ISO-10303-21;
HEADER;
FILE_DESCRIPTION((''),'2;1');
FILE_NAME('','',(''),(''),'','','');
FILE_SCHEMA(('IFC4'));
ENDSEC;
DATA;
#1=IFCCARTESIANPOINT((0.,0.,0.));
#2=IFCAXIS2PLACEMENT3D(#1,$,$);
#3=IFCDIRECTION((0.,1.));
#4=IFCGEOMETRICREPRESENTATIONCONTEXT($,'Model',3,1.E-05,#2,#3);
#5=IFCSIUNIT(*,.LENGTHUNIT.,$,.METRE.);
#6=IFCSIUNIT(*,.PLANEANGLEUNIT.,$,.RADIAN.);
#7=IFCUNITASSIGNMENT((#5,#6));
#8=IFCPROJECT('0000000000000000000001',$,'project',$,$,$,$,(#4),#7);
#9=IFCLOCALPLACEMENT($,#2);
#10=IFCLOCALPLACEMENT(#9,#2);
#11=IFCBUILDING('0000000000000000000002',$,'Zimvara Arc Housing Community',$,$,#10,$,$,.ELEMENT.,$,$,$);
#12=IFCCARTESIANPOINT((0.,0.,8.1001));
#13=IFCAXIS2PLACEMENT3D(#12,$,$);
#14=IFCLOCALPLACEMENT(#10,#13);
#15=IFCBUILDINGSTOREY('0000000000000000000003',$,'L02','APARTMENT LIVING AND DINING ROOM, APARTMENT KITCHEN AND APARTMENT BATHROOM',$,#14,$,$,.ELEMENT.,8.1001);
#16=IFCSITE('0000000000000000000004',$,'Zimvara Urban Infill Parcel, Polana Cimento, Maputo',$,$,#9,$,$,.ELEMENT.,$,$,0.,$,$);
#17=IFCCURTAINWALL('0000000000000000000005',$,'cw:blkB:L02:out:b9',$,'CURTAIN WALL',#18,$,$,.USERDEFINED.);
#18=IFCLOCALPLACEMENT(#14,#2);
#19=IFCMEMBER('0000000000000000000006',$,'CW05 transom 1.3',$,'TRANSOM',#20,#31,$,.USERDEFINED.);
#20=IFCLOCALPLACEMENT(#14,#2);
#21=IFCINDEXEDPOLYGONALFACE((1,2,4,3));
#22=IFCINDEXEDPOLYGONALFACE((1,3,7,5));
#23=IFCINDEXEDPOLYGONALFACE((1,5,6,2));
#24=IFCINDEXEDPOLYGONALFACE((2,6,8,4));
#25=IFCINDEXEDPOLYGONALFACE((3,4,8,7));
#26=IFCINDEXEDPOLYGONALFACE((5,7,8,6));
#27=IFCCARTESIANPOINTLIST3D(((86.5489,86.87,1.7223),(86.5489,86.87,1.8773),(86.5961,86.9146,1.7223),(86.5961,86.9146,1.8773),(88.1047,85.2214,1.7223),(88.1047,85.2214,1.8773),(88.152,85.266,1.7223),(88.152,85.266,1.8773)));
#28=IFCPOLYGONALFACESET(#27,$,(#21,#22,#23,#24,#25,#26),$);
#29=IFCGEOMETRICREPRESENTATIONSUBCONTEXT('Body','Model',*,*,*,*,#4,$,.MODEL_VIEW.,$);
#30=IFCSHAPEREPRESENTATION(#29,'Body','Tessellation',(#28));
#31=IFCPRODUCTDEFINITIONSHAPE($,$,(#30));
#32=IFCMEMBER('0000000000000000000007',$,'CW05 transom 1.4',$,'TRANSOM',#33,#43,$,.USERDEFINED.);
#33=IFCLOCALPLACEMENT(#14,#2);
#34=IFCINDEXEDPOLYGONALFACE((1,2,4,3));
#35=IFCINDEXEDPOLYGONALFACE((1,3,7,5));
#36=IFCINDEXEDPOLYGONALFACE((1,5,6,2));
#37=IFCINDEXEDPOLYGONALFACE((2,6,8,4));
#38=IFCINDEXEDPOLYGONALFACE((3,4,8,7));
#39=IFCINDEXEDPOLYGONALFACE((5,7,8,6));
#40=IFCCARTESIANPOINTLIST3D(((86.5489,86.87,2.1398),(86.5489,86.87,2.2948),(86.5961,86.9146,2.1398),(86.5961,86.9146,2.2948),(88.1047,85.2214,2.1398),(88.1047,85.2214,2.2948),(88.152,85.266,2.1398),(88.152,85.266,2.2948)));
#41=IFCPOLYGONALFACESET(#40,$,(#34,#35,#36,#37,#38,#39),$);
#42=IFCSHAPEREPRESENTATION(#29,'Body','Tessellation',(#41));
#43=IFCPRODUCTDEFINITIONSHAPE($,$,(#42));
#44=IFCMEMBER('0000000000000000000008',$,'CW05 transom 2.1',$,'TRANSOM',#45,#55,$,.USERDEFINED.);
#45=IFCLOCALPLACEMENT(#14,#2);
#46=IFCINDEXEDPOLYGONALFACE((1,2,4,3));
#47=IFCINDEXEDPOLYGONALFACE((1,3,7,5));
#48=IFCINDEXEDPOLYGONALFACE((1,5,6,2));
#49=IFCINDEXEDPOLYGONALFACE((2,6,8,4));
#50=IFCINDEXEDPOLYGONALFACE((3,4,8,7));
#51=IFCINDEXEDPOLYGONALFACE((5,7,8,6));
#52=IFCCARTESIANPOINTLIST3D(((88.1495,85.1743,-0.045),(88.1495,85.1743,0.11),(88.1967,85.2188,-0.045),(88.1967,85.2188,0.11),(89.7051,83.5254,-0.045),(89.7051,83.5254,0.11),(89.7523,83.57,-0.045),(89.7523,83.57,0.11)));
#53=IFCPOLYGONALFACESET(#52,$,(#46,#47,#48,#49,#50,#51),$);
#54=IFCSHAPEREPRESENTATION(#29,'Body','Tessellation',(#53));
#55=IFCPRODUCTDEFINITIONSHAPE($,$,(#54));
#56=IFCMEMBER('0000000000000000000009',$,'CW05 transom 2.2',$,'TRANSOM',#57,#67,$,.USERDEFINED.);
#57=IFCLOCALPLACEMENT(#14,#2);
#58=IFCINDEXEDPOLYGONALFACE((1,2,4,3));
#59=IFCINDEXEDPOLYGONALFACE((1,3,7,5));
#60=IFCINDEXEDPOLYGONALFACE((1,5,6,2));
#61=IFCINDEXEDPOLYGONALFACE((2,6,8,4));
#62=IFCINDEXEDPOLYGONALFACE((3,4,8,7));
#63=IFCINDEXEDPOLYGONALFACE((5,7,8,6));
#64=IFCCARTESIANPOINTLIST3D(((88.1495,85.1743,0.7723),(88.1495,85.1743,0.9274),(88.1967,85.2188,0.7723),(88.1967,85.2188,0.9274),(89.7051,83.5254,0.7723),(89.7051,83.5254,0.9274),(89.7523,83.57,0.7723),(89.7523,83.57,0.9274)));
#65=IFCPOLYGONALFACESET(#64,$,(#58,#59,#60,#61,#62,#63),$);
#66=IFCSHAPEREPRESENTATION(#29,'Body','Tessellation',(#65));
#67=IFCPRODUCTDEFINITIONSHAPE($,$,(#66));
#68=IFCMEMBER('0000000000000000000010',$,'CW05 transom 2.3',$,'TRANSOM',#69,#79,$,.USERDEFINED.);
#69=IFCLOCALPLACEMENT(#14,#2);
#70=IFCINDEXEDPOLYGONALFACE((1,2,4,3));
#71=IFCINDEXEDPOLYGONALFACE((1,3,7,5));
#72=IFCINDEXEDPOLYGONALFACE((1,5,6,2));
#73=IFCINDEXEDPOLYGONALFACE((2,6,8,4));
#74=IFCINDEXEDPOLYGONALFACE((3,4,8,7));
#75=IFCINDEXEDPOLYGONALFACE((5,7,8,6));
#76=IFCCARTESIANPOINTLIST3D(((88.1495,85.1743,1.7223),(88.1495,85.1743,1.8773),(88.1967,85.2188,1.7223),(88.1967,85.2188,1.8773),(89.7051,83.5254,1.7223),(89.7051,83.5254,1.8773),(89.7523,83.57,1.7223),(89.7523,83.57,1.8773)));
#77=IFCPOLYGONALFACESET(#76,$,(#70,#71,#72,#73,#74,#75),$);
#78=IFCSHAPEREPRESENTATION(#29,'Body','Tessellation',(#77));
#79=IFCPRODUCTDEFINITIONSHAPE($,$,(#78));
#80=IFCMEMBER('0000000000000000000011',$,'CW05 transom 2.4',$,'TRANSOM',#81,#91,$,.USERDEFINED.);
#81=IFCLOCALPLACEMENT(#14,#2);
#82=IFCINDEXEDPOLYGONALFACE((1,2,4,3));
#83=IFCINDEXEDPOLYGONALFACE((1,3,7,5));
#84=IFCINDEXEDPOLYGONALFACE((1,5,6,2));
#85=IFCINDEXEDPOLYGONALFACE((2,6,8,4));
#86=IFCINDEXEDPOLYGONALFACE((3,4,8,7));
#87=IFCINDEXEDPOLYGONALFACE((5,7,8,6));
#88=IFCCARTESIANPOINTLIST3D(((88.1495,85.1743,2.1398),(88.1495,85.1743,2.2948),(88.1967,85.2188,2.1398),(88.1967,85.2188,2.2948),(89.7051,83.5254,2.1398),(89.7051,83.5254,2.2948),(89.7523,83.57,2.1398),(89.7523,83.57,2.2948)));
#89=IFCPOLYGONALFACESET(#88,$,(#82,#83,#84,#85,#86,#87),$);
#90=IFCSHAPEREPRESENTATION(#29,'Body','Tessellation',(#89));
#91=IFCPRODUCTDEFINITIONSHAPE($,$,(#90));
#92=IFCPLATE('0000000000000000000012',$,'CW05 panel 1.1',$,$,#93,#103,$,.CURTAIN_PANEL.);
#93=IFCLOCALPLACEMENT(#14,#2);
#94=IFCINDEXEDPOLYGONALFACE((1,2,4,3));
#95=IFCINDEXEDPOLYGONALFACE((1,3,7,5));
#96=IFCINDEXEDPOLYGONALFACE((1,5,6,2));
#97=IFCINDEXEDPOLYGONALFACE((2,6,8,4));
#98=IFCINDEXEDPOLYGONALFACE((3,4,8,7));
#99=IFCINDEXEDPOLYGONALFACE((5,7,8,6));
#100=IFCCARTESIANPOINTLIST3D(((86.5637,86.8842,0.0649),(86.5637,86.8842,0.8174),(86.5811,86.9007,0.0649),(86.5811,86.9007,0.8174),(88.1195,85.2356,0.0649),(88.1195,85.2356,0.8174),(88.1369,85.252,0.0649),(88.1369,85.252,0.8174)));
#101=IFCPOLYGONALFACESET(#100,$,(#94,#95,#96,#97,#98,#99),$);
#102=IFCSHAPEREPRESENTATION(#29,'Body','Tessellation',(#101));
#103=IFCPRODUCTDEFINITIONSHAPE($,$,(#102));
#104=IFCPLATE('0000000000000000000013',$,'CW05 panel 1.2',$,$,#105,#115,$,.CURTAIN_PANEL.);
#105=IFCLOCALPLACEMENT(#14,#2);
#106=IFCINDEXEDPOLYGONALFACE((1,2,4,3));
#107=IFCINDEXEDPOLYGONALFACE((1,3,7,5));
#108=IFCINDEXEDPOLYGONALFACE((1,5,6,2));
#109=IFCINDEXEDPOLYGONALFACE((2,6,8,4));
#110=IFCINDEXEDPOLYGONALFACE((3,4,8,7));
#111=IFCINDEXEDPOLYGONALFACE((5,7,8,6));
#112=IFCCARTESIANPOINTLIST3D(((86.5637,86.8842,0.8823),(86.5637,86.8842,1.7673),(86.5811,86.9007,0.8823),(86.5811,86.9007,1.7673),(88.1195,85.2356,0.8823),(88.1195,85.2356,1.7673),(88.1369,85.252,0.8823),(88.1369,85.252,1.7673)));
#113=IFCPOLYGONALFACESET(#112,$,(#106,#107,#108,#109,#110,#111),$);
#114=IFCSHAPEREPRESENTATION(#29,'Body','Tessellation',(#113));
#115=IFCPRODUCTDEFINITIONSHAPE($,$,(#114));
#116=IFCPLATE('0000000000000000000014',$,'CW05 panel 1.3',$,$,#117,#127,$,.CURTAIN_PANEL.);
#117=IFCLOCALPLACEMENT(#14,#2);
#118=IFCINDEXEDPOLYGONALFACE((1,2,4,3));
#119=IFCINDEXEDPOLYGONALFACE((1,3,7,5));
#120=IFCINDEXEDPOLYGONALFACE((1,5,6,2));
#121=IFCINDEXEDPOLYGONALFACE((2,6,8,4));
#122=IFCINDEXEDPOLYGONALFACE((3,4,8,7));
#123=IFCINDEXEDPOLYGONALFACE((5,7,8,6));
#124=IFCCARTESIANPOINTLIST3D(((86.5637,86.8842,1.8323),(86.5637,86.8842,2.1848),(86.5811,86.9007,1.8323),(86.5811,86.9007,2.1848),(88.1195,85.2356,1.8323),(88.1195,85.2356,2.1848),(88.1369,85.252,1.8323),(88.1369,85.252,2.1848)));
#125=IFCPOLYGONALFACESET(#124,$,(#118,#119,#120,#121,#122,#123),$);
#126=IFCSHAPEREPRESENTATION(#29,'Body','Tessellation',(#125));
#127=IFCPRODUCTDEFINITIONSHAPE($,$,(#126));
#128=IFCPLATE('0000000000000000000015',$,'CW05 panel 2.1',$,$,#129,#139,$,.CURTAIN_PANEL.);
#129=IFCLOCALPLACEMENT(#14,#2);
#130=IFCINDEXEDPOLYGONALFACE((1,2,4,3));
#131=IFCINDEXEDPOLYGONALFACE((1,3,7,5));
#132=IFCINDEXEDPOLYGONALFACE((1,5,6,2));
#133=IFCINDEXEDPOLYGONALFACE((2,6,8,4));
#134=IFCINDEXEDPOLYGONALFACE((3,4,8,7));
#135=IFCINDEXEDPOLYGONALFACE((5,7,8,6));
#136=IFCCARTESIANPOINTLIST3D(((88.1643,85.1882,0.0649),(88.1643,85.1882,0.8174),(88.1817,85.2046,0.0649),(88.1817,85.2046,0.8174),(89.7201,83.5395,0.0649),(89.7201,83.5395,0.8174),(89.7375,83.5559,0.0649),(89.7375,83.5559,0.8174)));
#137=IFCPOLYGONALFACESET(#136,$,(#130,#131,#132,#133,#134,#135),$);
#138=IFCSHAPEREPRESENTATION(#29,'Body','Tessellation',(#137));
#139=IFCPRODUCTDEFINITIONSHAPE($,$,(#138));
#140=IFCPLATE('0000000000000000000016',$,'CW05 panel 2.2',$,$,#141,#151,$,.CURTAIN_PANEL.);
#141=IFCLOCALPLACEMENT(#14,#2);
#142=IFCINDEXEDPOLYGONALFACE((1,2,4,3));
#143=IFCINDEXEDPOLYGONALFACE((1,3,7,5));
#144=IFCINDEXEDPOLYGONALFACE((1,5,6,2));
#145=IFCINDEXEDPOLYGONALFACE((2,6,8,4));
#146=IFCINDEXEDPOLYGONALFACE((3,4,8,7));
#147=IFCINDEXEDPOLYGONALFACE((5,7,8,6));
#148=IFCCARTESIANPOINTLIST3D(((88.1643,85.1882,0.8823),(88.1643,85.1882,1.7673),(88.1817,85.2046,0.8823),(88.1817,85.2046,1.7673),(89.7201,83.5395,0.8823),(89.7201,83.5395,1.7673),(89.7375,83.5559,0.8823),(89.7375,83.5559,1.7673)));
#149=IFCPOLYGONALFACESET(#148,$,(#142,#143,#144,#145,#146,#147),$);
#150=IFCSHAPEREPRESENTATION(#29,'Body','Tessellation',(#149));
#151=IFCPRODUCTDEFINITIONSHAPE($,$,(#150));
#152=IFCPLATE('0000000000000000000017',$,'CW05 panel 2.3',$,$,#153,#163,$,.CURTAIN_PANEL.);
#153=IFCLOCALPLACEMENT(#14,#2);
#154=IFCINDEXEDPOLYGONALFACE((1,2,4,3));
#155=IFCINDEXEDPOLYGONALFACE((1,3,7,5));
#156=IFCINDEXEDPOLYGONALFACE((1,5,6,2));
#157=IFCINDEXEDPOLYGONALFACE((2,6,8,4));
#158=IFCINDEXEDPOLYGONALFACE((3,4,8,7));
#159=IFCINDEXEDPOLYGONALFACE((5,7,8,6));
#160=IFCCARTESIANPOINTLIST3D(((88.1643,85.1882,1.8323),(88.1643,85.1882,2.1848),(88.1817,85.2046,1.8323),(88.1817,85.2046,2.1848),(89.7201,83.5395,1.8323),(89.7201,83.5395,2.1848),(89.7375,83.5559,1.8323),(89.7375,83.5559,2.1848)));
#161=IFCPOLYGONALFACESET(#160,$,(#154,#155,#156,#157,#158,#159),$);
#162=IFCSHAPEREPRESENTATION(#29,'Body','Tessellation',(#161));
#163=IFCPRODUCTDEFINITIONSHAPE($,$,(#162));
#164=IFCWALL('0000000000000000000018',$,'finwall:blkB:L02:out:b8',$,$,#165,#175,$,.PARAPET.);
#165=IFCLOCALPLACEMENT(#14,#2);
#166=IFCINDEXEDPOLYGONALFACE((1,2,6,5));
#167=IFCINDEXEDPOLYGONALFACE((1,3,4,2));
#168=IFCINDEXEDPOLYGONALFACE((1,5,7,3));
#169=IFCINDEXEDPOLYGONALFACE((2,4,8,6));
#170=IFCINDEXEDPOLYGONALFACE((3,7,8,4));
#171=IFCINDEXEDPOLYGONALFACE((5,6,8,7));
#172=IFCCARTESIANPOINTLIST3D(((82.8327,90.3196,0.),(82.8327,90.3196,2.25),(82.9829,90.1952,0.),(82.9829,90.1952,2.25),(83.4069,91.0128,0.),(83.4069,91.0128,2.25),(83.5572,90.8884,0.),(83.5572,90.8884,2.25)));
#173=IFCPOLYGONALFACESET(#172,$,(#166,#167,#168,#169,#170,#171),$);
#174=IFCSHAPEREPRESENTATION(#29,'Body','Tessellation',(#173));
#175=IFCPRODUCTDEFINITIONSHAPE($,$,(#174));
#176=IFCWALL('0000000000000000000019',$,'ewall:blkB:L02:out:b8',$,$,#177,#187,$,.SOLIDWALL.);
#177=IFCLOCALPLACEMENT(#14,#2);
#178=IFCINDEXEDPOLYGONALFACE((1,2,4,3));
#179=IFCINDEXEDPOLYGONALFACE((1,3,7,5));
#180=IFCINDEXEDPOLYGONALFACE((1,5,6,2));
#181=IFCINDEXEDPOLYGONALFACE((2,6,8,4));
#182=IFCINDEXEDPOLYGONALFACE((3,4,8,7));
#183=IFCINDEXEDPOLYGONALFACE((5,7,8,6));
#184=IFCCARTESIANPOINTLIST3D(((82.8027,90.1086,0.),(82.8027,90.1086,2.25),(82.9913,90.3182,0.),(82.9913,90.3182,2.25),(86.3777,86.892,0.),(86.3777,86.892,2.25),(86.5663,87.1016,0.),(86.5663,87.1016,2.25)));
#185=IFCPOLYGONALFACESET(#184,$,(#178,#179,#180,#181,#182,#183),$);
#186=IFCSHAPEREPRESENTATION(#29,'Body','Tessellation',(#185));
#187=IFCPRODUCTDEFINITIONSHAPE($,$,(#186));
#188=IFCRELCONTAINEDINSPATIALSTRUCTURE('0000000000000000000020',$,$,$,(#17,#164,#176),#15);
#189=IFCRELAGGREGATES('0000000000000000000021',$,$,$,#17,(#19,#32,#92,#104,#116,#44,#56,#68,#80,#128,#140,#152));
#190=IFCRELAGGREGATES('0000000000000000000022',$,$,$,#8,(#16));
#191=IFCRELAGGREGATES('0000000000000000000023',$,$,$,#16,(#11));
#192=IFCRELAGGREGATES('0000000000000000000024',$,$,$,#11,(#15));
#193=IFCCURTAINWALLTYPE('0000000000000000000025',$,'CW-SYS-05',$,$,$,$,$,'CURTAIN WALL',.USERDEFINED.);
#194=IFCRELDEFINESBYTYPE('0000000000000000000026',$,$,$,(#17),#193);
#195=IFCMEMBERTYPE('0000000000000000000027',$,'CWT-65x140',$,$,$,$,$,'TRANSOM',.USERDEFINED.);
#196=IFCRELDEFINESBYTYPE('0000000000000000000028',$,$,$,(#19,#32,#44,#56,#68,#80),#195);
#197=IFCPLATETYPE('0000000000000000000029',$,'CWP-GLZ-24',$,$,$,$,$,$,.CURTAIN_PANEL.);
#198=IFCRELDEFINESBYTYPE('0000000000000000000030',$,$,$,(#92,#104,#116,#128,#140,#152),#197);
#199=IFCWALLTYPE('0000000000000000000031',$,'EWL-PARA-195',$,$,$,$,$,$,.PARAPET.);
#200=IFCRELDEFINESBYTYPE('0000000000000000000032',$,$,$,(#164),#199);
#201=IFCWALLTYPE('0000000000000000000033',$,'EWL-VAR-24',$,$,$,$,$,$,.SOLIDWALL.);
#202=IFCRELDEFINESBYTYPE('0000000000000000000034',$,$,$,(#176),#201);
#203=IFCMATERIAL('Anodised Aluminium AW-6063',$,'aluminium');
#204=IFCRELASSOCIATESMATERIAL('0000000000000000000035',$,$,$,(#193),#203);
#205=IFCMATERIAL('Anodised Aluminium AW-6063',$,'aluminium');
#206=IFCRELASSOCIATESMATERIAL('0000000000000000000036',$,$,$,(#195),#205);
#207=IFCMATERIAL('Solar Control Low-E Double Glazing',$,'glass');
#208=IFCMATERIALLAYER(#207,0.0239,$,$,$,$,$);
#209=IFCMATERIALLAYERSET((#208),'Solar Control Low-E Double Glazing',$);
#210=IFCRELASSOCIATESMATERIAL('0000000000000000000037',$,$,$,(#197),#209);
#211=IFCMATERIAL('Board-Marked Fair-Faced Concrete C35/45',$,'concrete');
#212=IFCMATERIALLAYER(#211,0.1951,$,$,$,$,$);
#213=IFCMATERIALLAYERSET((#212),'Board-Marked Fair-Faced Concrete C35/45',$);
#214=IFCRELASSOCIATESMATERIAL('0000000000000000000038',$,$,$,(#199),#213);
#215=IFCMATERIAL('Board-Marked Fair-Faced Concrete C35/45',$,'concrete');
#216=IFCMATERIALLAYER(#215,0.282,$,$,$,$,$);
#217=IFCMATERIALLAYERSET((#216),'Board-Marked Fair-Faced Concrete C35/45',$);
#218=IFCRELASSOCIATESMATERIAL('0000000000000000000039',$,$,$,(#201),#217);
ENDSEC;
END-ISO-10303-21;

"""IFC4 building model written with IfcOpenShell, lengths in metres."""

from ifc_helpers import new_model, si_unit, direction, frame, frame_2d, origin, origin_2d, place, context, subcontext, project, spatial, rectangle, extrude, material, layer, layer_set, material_profile, profile_set, type_object, element, aggregate, save


model = new_model("IFC4")

# Units and contexts
model_context = context("Model", 3, precision=1e-05, world=origin(), true_north=direction((0.0, 1.0)))
body_context = subcontext(model_context, "Body", "Model", "MODEL_VIEW")
ifc_project = project(units=[si_unit("LENGTHUNIT", "METRE"), si_unit("PLANEANGLEUNIT", "RADIAN")], contexts=[model_context])

# Site, building, storey
site_placement = place(None, origin())
site = spatial("IfcSite", under=ifc_project, at=site_placement, Name="Zimvara Urban Infill Parcel, Polana Cimento, Maputo", CompositionType="ELEMENT", RefElevation=0.0)
building_placement = place(site_placement, origin())
building = spatial("IfcBuilding", under=site, at=building_placement, Name="Zimvara Arc Housing Community", CompositionType="ELEMENT")
storey_placement = place(building_placement, frame((0.0, 0.0, 8.1001)))
storey = spatial("IfcBuildingStorey", under=building, at=storey_placement, Name="L02", Description="APARTMENT LIVING AND DINING ROOM, APARTMENT KITCHEN AND APARTMENT BATHROOM", CompositionType="ELEMENT", Elevation=8.1001)

# Curtain wall, members, plates
ifc_material_1 = material(Name="Anodised Aluminium AW-6063", Category="aluminium")
curtain_wall_type_1 = type_object("IfcCurtainWallType", Name="CW-SYS-05", ElementType="CURTAIN WALL", PredefinedType="USERDEFINED", material=ifc_material_1)
curtain_wall_1_placement = place(storey_placement, origin())
curtain_wall_1 = element("IfcCurtainWall", 1, at=curtain_wall_1_placement, inside=storey, type_object=curtain_wall_type_1, Name="cw:blkB:L02:out:b9", ObjectType="CURTAIN WALL", PredefinedType="USERDEFINED")
ifc_material_2 = material(Name="Anodised Aluminium AW-6063", Category="aluminium")
ifc_material_profile_1 = material_profile(ifc_material_2, rectangle(XDim=0.0649, YDim=0.155, at=origin_2d()), Name="ALU 65x155")
ifc_profile_set_1 = profile_set([ifc_material_profile_1], Name="Anodised Aluminium AW-6063")
member_type_1 = type_object("IfcMemberType", Name="CWT-65x140", ElementType="TRANSOM", PredefinedType="USERDEFINED", material=ifc_profile_set_1)
member_1_placement = place(storey_placement, frame((86.5725, 86.8923, 1.7998), z_axis=(0.686348, -0.727273, 0.0), x_axis=(0.727273, 0.686348, 0.0)))
member_1 = element("IfcMember", 2, at=member_1_placement, type_object=member_type_1, Name="CW05 transom 1.3", ObjectType="TRANSOM", PredefinedType="USERDEFINED", context=body_context, shape_type="SweptSolid", body=[
    extrude(rectangle(XDim=0.0649, YDim=0.155, at=origin_2d()), origin(), (0.0, 0.0, 1.0), 2.2668),
])
member_2_placement = place(storey_placement, frame((86.5725, 86.8923, 2.2173), z_axis=(0.686348, -0.727273, 0.0), x_axis=(0.727273, 0.686348, 0.0)))
member_2 = element("IfcMember", 3, at=member_2_placement, type_object=member_type_1, Name="CW05 transom 1.4", ObjectType="TRANSOM", PredefinedType="USERDEFINED", context=body_context, shape_type="SweptSolid", body=[
    extrude(rectangle(XDim=0.0649, YDim=0.155, at=origin_2d()), origin(), (0.0, 0.0, 1.0), 2.2668),
])
member_3_placement = place(storey_placement, frame((88.1731, 85.1965, 0.0325), z_axis=(0.686238, -0.727377, 0.0), x_axis=(0.727377, 0.686238, 0.0)))
member_3 = element("IfcMember", 4, at=member_3_placement, type_object=member_type_1, Name="CW05 transom 2.1", ObjectType="TRANSOM", PredefinedType="USERDEFINED", context=body_context, shape_type="SweptSolid", body=[
    extrude(rectangle(XDim=0.0649, YDim=0.155, at=origin_2d()), origin(), (0.0, 0.0, 1.0), 2.2668),
])
member_4_placement = place(storey_placement, frame((88.1731, 85.1965, 0.8499), z_axis=(0.686238, -0.727377, 0.0), x_axis=(0.727377, 0.686238, 0.0)))
member_4 = element("IfcMember", 5, at=member_4_placement, type_object=member_type_1, Name="CW05 transom 2.2", ObjectType="TRANSOM", PredefinedType="USERDEFINED", context=body_context, shape_type="SweptSolid", body=[
    extrude(rectangle(XDim=0.0649, YDim=0.155, at=origin_2d()), origin(), (0.0, 0.0, 1.0), 2.2668),
])
member_5_placement = place(storey_placement, frame((88.1731, 85.1965, 1.7998), z_axis=(0.686238, -0.727377, 0.0), x_axis=(0.727377, 0.686238, 0.0)))
member_5 = element("IfcMember", 6, at=member_5_placement, type_object=member_type_1, Name="CW05 transom 2.3", ObjectType="TRANSOM", PredefinedType="USERDEFINED", context=body_context, shape_type="SweptSolid", body=[
    extrude(rectangle(XDim=0.0649, YDim=0.155, at=origin_2d()), origin(), (0.0, 0.0, 1.0), 2.2668),
])
member_6_placement = place(storey_placement, frame((88.1731, 85.1965, 2.2173), z_axis=(0.686238, -0.727377, 0.0), x_axis=(0.727377, 0.686238, 0.0)))
member_6 = element("IfcMember", 7, at=member_6_placement, type_object=member_type_1, Name="CW05 transom 2.4", ObjectType="TRANSOM", PredefinedType="USERDEFINED", context=body_context, shape_type="SweptSolid", body=[
    extrude(rectangle(XDim=0.0649, YDim=0.155, at=origin_2d()), origin(), (0.0, 0.0, 1.0), 2.2668),
])
ifc_material_3 = material(Name="Solar Control Low-E Double Glazing", Category="glass")
ifc_layer_1 = layer(ifc_material_3, 0.0239)
ifc_layer_set_1 = layer_set([ifc_layer_1], Name="Solar Control Low-E Double Glazing")
plate_type = type_object("IfcPlateType", Name="CWP-GLZ-24", PredefinedType="CURTAIN_PANEL", material=ifc_layer_set_1)
plate_1_placement = place(storey_placement, frame((87.3503, 86.0681, 0.0649), z_axis=(0.0, 0.0, 1.0), x_axis=(0.686326, -0.727294, 0.0)))
plate_1 = element("IfcPlate", 8, at=plate_1_placement, type_object=plate_type, Name="CW05 panel 1.1", PredefinedType="CURTAIN_PANEL", context=body_context, shape_type="SweptSolid", body=[
    extrude(rectangle(XDim=2.2668, YDim=0.0239, at=origin_2d()), origin(), (0.0, 0.0, 1.0), 0.7524),
])
plate_2_placement = place(storey_placement, frame((87.3503, 86.0681, 0.8823), z_axis=(0.0, 0.0, 1.0), x_axis=(0.686326, -0.727294, 0.0)))
plate_2 = element("IfcPlate", 9, at=plate_2_placement, type_object=plate_type, Name="CW05 panel 1.2", PredefinedType="CURTAIN_PANEL", context=body_context, shape_type="SweptSolid", body=[
    extrude(rectangle(XDim=2.2668, YDim=0.0239, at=origin_2d()), origin(), (0.0, 0.0, 1.0), 0.885),
])
plate_3_placement = place(storey_placement, frame((87.3503, 86.0681, 1.8323), z_axis=(0.0, 0.0, 1.0), x_axis=(0.686326, -0.727294, 0.0)))
plate_3 = element("IfcPlate", 10, at=plate_3_placement, type_object=plate_type, Name="CW05 panel 1.3", PredefinedType="CURTAIN_PANEL", context=body_context, shape_type="SweptSolid", body=[
    extrude(rectangle(XDim=2.2668, YDim=0.0239, at=origin_2d()), origin(), (0.0, 0.0, 1.0), 0.3525),
])
plate_4_placement = place(storey_placement, frame((88.9509, 84.3721, 0.0649), z_axis=(0.0, 0.0, 1.0), x_axis=(0.686326, -0.727294, 0.0)))
plate_4 = element("IfcPlate", 11, at=plate_4_placement, type_object=plate_type, Name="CW05 panel 2.1", PredefinedType="CURTAIN_PANEL", context=body_context, shape_type="SweptSolid", body=[
    extrude(rectangle(XDim=2.2668, YDim=0.0239, at=origin_2d()), origin(), (0.0, 0.0, 1.0), 0.7524),
])
plate_5_placement = place(storey_placement, frame((88.9509, 84.3721, 0.8823), z_axis=(0.0, 0.0, 1.0), x_axis=(0.686326, -0.727294, 0.0)))
plate_5 = element("IfcPlate", 12, at=plate_5_placement, type_object=plate_type, Name="CW05 panel 2.2", PredefinedType="CURTAIN_PANEL", context=body_context, shape_type="SweptSolid", body=[
    extrude(rectangle(XDim=2.2668, YDim=0.0239, at=origin_2d()), origin(), (0.0, 0.0, 1.0), 0.885),
])
plate_6_placement = place(storey_placement, frame((88.9509, 84.3721, 1.8323), z_axis=(0.0, 0.0, 1.0), x_axis=(0.686326, -0.727294, 0.0)))
plate_6 = element("IfcPlate", 13, at=plate_6_placement, type_object=plate_type, Name="CW05 panel 2.3", PredefinedType="CURTAIN_PANEL", context=body_context, shape_type="SweptSolid", body=[
    extrude(rectangle(XDim=2.2668, YDim=0.0239, at=origin_2d()), origin(), (0.0, 0.0, 1.0), 0.3525),
])
aggregate(curtain_wall_1, [member_1, member_2, plate_1, plate_2, plate_3, member_3, member_4, member_5, member_6, plate_4, plate_5, plate_6])

# Walls
ifc_material_4 = material(Name="Board-Marked Fair-Faced Concrete C35/45", Category="concrete")
ifc_layer_2 = layer(ifc_material_4, 0.1951)
ifc_layer_set_2 = layer_set([ifc_layer_2], Name="Board-Marked Fair-Faced Concrete C35/45")
wall_type_1 = type_object("IfcWallType", Name="EWL-PARA-195", PredefinedType="PARAPET", material=ifc_layer_set_2)
wall_1_placement = place(storey_placement, frame((82.9077, 90.2573, 0.0), z_axis=(0.0, 0.0, 1.0), x_axis=(0.637967, 0.770063, 0.0)))
element("IfcWall", 14, at=wall_1_placement, inside=storey, type_object=wall_type_1, Name="finwall:blkB:L02:out:b8", PredefinedType="PARAPET", context=body_context, shape_type="SweptSolid", body=[
    extrude(rectangle(XDim=0.9001, YDim=0.1951, at=frame_2d((0.4502, 0.0))), origin(), (0.0, 0.0, 1.0), 2.25),
])
ifc_material_5 = material(Name="Board-Marked Fair-Faced Concrete C35/45", Category="concrete")
ifc_layer_3 = layer(ifc_material_5, 0.282)
ifc_layer_set_3 = layer_set([ifc_layer_3], Name="Board-Marked Fair-Faced Concrete C35/45")
wall_type_2 = type_object("IfcWallType", Name="EWL-VAR-24", PredefinedType="SOLIDWALL", material=ifc_layer_set_3)
wall_2_placement = place(storey_placement, frame((82.897, 90.2134, 0.0), z_axis=(0.0, 0.0, 1.0), x_axis=(0.743388, -0.668861, 0.0)))
element("IfcWall", 15, at=wall_2_placement, inside=storey, type_object=wall_type_2, Name="ewall:blkB:L02:out:b8", PredefinedType="SOLIDWALL", context=body_context, shape_type="SweptSolid", body=[
    extrude(rectangle(XDim=4.8091, YDim=0.282, at=frame_2d((2.4045, 0.0))), origin(), (0.0, 0.0, 1.0), 2.25),
])

save(model, "model.ifc")
